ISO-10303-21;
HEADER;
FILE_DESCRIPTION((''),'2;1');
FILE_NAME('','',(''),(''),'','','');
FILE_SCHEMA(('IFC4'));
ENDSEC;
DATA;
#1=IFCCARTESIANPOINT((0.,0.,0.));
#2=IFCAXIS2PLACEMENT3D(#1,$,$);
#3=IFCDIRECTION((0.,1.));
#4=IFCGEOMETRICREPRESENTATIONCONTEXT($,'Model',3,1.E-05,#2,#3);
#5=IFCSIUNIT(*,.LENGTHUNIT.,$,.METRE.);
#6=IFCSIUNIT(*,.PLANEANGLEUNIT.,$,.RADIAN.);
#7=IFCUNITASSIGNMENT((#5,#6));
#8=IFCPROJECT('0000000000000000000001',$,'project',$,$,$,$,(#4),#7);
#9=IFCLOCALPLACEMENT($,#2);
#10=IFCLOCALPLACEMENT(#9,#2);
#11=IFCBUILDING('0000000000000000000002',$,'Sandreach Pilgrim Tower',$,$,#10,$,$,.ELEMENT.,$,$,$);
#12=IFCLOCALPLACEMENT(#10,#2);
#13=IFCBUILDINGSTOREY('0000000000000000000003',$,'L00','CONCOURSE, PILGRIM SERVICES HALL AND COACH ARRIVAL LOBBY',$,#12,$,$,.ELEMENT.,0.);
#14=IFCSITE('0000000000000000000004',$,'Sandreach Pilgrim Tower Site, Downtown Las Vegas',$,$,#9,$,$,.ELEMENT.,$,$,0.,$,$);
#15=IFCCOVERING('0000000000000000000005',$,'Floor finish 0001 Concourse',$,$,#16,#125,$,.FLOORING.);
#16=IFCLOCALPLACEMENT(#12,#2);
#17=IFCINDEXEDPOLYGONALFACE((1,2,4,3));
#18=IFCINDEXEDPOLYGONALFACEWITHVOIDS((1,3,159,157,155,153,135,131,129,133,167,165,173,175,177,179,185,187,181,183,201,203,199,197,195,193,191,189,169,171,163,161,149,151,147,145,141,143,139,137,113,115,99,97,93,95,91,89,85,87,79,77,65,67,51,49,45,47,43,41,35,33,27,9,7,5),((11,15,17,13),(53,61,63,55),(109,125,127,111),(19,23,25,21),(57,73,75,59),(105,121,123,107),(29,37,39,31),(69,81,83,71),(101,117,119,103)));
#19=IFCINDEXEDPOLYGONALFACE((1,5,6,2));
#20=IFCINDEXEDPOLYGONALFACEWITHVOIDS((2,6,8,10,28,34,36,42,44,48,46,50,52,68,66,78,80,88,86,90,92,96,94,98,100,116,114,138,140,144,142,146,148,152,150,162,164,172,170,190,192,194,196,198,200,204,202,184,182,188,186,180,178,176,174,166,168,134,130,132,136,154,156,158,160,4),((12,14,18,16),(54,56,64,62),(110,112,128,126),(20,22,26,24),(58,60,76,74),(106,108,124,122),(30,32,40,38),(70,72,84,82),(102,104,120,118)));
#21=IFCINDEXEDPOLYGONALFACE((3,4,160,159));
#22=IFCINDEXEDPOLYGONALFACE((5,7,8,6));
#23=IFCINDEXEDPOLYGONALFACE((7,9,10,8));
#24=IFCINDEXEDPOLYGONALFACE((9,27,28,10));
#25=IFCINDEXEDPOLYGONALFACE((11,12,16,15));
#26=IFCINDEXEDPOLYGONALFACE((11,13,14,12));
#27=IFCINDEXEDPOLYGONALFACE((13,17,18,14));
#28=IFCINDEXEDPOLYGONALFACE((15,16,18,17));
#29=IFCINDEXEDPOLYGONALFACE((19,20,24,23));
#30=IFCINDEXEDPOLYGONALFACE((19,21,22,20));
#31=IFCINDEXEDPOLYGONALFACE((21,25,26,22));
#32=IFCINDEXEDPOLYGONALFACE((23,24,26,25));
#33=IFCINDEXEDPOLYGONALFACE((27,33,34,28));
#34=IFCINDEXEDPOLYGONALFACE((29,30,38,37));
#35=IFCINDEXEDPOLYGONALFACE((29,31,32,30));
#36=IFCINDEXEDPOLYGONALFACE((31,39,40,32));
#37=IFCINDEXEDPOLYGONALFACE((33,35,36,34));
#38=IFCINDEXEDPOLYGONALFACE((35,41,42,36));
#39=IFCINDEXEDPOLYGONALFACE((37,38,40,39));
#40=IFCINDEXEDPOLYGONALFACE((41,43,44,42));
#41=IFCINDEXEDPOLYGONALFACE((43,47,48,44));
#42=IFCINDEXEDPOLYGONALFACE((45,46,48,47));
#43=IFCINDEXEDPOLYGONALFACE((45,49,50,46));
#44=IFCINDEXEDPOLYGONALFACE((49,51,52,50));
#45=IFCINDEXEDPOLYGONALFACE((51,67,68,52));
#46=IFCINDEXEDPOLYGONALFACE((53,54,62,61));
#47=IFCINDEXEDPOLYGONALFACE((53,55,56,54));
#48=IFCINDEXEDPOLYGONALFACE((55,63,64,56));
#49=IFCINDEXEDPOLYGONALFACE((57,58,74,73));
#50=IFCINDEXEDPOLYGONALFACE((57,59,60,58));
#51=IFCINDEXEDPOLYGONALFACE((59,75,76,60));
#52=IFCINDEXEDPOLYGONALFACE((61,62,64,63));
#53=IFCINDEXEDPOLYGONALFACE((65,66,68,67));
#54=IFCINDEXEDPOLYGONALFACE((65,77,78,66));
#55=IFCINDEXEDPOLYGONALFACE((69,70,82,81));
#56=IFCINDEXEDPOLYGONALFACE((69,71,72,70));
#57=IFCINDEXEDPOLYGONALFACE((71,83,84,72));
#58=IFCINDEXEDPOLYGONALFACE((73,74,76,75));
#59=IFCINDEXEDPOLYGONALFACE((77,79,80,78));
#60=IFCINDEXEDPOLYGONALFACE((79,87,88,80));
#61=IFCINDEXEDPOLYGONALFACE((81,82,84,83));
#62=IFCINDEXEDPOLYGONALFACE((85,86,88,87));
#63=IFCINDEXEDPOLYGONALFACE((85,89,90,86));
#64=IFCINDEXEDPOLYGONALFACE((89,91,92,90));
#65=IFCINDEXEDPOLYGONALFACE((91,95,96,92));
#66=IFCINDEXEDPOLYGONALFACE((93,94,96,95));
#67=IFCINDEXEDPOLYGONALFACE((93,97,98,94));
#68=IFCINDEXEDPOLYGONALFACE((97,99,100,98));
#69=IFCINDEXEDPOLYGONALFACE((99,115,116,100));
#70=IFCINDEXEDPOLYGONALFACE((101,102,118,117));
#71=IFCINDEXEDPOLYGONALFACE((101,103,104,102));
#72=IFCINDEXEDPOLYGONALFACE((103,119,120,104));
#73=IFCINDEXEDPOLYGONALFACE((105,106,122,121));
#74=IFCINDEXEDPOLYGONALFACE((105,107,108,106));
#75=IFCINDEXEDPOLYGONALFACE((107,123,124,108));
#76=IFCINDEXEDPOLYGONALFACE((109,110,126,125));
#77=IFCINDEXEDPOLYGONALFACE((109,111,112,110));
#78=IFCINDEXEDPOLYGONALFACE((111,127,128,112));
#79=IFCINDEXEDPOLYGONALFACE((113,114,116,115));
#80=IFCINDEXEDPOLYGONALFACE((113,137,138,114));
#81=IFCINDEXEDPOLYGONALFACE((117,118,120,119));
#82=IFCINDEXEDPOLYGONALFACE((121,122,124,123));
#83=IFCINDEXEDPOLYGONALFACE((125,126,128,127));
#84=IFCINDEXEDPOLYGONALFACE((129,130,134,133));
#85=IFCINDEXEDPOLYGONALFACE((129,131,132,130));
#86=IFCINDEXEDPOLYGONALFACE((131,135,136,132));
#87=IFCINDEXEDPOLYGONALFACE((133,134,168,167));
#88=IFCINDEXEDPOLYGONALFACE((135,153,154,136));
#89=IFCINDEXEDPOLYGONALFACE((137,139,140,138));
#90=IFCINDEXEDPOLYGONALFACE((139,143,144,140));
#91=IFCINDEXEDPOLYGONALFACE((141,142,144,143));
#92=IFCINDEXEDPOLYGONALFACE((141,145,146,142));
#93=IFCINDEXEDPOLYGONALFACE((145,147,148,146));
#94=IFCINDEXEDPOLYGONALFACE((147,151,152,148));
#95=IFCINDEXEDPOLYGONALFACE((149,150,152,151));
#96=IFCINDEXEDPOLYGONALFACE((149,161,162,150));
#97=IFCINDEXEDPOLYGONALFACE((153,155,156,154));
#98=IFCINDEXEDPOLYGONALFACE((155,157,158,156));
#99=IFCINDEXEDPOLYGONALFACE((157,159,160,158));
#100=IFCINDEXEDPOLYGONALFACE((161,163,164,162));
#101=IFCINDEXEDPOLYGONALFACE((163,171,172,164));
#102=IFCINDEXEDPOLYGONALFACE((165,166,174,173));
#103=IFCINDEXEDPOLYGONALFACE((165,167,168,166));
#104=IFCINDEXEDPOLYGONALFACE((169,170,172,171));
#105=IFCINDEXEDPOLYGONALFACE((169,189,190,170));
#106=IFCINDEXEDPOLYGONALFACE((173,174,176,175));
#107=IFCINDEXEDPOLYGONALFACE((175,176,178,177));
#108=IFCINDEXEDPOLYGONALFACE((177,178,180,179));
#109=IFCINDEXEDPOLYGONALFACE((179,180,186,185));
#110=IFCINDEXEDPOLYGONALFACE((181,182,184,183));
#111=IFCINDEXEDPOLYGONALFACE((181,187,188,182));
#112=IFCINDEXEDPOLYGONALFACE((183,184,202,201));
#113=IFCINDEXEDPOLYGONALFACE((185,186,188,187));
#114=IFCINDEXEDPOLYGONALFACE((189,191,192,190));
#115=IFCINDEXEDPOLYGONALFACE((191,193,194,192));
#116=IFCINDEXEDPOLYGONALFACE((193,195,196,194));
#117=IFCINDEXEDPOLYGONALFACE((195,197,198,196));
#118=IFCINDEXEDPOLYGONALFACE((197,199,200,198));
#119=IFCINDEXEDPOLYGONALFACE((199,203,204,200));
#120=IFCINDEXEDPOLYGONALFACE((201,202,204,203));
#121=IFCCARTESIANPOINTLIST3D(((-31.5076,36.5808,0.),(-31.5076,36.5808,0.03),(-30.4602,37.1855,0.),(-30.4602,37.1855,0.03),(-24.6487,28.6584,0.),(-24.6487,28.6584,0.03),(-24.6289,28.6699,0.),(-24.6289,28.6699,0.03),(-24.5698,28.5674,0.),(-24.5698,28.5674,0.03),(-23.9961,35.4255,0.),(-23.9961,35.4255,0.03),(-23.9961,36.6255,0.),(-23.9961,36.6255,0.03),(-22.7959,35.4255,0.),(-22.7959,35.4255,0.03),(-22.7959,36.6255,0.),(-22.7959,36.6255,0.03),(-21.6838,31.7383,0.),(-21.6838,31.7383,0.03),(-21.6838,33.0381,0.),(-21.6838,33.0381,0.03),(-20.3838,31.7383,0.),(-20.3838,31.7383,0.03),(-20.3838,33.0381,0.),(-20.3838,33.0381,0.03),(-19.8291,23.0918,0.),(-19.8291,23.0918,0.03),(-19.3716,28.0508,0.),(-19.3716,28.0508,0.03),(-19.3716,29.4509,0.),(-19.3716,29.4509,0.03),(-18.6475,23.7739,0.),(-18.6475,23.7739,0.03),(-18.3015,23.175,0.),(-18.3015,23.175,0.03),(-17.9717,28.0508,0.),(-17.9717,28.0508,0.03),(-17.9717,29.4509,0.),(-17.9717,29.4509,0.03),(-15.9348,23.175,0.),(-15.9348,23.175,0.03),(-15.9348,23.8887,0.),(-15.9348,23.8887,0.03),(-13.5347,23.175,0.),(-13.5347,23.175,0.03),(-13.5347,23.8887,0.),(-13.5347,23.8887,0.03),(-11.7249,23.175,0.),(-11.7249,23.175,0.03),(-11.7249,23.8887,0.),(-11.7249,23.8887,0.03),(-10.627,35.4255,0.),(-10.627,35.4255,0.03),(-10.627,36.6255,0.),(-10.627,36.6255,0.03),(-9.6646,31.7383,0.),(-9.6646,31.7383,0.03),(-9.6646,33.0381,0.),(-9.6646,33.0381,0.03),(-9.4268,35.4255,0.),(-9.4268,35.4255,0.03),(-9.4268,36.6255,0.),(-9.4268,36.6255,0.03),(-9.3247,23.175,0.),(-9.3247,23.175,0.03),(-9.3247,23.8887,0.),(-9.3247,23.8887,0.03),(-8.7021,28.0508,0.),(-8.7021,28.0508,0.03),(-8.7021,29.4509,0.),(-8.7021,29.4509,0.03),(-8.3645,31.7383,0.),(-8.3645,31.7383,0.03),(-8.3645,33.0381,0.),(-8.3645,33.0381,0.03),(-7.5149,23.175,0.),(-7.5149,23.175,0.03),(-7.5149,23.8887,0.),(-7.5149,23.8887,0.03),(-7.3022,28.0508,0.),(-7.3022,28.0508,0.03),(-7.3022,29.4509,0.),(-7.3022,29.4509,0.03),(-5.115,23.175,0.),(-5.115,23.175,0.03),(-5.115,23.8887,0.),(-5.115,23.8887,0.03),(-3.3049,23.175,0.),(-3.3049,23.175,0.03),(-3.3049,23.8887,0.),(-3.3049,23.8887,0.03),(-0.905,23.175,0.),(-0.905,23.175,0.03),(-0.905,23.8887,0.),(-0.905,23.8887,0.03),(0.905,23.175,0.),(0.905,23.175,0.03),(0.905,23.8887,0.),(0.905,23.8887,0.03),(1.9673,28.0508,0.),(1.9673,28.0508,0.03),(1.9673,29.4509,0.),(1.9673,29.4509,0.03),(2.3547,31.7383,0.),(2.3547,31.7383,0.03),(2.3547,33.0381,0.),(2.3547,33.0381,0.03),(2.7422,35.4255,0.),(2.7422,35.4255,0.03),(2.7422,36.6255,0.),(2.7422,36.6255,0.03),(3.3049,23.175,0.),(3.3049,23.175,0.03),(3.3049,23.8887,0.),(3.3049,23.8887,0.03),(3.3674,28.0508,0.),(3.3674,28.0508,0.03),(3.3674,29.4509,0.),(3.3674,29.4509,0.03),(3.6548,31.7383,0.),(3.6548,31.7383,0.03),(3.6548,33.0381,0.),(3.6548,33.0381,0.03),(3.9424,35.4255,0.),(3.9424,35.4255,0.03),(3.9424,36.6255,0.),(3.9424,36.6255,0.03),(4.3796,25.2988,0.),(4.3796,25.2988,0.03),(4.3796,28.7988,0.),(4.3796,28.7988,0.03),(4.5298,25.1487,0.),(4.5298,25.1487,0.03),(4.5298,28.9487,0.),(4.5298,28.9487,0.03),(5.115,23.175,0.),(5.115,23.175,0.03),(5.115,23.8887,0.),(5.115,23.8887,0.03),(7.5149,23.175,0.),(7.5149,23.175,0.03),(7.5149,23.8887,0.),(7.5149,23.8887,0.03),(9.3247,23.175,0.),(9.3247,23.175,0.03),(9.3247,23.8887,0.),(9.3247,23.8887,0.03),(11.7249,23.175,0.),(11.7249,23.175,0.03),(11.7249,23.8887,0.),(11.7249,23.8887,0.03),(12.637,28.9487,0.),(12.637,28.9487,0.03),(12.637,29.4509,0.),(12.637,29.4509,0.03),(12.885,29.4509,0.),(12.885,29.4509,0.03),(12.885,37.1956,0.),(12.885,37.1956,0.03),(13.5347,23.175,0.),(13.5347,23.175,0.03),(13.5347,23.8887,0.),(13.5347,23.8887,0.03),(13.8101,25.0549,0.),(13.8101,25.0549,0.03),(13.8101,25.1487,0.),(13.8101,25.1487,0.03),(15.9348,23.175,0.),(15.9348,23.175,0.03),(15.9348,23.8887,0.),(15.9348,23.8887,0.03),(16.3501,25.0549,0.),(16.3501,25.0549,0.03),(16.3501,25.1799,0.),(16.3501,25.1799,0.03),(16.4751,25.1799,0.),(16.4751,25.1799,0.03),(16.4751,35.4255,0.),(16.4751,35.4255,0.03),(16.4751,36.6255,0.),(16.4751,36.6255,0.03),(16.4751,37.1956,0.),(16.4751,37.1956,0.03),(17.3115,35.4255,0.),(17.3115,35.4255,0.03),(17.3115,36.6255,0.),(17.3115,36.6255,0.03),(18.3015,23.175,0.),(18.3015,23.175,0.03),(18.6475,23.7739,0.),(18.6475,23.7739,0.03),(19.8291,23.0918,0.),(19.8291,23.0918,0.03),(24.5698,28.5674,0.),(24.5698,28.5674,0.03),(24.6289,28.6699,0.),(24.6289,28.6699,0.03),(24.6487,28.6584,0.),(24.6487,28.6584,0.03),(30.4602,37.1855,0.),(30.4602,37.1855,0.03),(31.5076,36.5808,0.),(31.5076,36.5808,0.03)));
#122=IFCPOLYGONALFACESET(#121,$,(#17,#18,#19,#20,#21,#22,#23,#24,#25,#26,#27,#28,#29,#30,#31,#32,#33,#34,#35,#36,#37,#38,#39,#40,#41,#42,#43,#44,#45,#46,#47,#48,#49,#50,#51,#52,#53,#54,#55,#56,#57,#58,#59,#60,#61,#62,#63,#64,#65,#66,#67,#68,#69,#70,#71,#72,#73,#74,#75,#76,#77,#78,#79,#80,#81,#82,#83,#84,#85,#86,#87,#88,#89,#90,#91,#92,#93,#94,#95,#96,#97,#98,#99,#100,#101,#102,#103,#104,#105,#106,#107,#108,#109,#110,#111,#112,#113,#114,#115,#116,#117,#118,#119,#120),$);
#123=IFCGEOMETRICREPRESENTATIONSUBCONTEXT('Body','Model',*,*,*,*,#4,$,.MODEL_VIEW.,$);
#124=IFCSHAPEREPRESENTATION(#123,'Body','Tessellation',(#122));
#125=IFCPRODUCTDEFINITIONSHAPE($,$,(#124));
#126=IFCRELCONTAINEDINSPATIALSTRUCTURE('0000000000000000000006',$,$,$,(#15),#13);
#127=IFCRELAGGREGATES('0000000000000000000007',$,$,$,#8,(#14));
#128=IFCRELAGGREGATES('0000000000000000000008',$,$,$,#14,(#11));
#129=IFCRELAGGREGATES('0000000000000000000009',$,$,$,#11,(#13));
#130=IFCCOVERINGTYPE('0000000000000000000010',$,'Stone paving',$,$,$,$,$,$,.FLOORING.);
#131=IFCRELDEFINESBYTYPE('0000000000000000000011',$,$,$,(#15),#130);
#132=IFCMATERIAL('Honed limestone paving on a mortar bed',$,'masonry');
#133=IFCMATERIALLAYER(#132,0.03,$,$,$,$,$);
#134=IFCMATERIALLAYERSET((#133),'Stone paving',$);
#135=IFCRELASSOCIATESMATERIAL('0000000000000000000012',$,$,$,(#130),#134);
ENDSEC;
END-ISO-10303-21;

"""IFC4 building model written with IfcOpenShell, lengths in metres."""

from ifc_helpers import new_model, si_unit, direction, origin, place, context, subcontext, project, spatial, polyline, outline, extrude, material, layer, layer_set, type_object, element, save


model = new_model("IFC4")

# Units and contexts
model_context = context("Model", 3, precision=1e-05, world=origin(), true_north=direction((0.0, 1.0)))
body_context = subcontext(model_context, "Body", "Model", "MODEL_VIEW")
ifc_project = project(units=[si_unit("LENGTHUNIT", "METRE"), si_unit("PLANEANGLEUNIT", "RADIAN")], contexts=[model_context])

# Site, building, storey
site_placement = place(None, origin())
site = spatial("IfcSite", under=ifc_project, at=site_placement, Name="Sandreach Pilgrim Tower Site, Downtown Las Vegas", CompositionType="ELEMENT", RefElevation=0.0)
building_placement = place(site_placement, origin())
building = spatial("IfcBuilding", under=site, at=building_placement, Name="Sandreach Pilgrim Tower", CompositionType="ELEMENT")
storey_placement = place(building_placement, origin())
storey = spatial("IfcBuildingStorey", under=building, at=storey_placement, Name="L00", Description="CONCOURSE, PILGRIM SERVICES HALL AND COACH ARRIVAL LOBBY", CompositionType="ELEMENT", Elevation=0.0)

# Covering
ifc_material_1 = material(Name="Honed limestone paving on a mortar bed", Category="masonry")
ifc_layer_1 = layer(ifc_material_1, 0.03)
ifc_layer_set_1 = layer_set([ifc_layer_1], Name="Stone paving")
covering_type_1 = type_object("IfcCoveringType", Name="Stone paving", PredefinedType="FLOORING", material=ifc_layer_set_1)
covering_1_placement = place(storey_placement, origin())
element("IfcCovering", 1, at=covering_1_placement, inside=storey, type_object=covering_type_1, Name="Floor finish 0001 Concourse", PredefinedType="FLOORING", context=body_context, shape_type="SweptSolid", body=[
    extrude(outline(polyline([(-30.4602, 37.1855), (12.885, 37.1956), (12.885, 29.4509), (12.637, 29.4509), (12.637, 28.9487), (4.5298, 28.9487), (4.3796, 28.7988), (4.3796, 25.2988), (4.5298, 25.1487), (13.8101, 25.1487), (13.8101, 25.0549), (16.3501, 25.0549), (16.3501, 25.1799), (16.4751, 25.1799), (16.4751, 35.4255), (17.3115, 35.4255), (17.3115, 36.6255), (16.4751, 36.6255), (16.4751, 37.1956), (30.4602, 37.1855), (31.5076, 36.5808), (24.6487, 28.6584), (24.6289, 28.6699), (24.5698, 28.5674), (19.8291, 23.0918), (18.6475, 23.7739), (18.3015, 23.175), (15.9348, 23.175), (15.9348, 23.8887), (13.5347, 23.8887), (13.5347, 23.175), (11.7249, 23.175), (11.7249, 23.8887), (9.3247, 23.8887), (9.3247, 23.175), (7.5149, 23.175), (7.5149, 23.8887), (5.115, 23.8887), (5.115, 23.175), (3.3049, 23.175), (3.3049, 23.8887), (0.905, 23.8887), (0.905, 23.175), (-0.905, 23.175), (-0.905, 23.8887), (-3.3049, 23.8887), (-3.3049, 23.175), (-5.115, 23.175), (-5.115, 23.8887), (-7.5149, 23.8887), (-7.5149, 23.175), (-9.3247, 23.175), (-9.3247, 23.8887), (-11.7249, 23.8887), (-11.7249, 23.175), (-13.5347, 23.175), (-13.5347, 23.8887), (-15.9348, 23.8887), (-15.9348, 23.175), (-18.3015, 23.175), (-18.6475, 23.7739), (-19.8291, 23.0918), (-24.5698, 28.5674), (-24.6289, 28.6699), (-24.6487, 28.6584), (-31.5076, 36.5808), (-30.4602, 37.1855)]), holes=[polyline([(2.7422, 36.6255), (2.7422, 35.4255), (3.9424, 35.4255), (3.9424, 36.6255), (2.7422, 36.6255)]), polyline([(2.3547, 33.0381), (2.3547, 31.7383), (3.6548, 31.7383), (3.6548, 33.0381), (2.3547, 33.0381)]), polyline([(1.9673, 29.4509), (1.9673, 28.0508), (3.3674, 28.0508), (3.3674, 29.4509), (1.9673, 29.4509)]), polyline([(-8.7021, 29.4509), (-8.7021, 28.0508), (-7.3022, 28.0508), (-7.3022, 29.4509), (-8.7021, 29.4509)]), polyline([(-8.3645, 33.0381), (-9.6646, 33.0381), (-9.6646, 31.7383), (-8.3645, 31.7383), (-8.3645, 33.0381)]), polyline([(-9.4268, 36.6255), (-10.627, 36.6255), (-10.627, 35.4255), (-9.4268, 35.4255), (-9.4268, 36.6255)]), polyline([(-19.3716, 29.4509), (-19.3716, 28.0508), (-17.9717, 28.0508), (-17.9717, 29.4509), (-19.3716, 29.4509)]), polyline([(-21.6838, 33.0381), (-21.6838, 31.7383), (-20.3838, 31.7383), (-20.3838, 33.0381), (-21.6838, 33.0381)]), polyline([(-23.9961, 36.6255), (-23.9961, 35.4255), (-22.7959, 35.4255), (-22.7959, 36.6255), (-23.9961, 36.6255)])]), origin(), (0.0, 0.0, 1.0), 0.03),
])

save(model, "model.ifc")
